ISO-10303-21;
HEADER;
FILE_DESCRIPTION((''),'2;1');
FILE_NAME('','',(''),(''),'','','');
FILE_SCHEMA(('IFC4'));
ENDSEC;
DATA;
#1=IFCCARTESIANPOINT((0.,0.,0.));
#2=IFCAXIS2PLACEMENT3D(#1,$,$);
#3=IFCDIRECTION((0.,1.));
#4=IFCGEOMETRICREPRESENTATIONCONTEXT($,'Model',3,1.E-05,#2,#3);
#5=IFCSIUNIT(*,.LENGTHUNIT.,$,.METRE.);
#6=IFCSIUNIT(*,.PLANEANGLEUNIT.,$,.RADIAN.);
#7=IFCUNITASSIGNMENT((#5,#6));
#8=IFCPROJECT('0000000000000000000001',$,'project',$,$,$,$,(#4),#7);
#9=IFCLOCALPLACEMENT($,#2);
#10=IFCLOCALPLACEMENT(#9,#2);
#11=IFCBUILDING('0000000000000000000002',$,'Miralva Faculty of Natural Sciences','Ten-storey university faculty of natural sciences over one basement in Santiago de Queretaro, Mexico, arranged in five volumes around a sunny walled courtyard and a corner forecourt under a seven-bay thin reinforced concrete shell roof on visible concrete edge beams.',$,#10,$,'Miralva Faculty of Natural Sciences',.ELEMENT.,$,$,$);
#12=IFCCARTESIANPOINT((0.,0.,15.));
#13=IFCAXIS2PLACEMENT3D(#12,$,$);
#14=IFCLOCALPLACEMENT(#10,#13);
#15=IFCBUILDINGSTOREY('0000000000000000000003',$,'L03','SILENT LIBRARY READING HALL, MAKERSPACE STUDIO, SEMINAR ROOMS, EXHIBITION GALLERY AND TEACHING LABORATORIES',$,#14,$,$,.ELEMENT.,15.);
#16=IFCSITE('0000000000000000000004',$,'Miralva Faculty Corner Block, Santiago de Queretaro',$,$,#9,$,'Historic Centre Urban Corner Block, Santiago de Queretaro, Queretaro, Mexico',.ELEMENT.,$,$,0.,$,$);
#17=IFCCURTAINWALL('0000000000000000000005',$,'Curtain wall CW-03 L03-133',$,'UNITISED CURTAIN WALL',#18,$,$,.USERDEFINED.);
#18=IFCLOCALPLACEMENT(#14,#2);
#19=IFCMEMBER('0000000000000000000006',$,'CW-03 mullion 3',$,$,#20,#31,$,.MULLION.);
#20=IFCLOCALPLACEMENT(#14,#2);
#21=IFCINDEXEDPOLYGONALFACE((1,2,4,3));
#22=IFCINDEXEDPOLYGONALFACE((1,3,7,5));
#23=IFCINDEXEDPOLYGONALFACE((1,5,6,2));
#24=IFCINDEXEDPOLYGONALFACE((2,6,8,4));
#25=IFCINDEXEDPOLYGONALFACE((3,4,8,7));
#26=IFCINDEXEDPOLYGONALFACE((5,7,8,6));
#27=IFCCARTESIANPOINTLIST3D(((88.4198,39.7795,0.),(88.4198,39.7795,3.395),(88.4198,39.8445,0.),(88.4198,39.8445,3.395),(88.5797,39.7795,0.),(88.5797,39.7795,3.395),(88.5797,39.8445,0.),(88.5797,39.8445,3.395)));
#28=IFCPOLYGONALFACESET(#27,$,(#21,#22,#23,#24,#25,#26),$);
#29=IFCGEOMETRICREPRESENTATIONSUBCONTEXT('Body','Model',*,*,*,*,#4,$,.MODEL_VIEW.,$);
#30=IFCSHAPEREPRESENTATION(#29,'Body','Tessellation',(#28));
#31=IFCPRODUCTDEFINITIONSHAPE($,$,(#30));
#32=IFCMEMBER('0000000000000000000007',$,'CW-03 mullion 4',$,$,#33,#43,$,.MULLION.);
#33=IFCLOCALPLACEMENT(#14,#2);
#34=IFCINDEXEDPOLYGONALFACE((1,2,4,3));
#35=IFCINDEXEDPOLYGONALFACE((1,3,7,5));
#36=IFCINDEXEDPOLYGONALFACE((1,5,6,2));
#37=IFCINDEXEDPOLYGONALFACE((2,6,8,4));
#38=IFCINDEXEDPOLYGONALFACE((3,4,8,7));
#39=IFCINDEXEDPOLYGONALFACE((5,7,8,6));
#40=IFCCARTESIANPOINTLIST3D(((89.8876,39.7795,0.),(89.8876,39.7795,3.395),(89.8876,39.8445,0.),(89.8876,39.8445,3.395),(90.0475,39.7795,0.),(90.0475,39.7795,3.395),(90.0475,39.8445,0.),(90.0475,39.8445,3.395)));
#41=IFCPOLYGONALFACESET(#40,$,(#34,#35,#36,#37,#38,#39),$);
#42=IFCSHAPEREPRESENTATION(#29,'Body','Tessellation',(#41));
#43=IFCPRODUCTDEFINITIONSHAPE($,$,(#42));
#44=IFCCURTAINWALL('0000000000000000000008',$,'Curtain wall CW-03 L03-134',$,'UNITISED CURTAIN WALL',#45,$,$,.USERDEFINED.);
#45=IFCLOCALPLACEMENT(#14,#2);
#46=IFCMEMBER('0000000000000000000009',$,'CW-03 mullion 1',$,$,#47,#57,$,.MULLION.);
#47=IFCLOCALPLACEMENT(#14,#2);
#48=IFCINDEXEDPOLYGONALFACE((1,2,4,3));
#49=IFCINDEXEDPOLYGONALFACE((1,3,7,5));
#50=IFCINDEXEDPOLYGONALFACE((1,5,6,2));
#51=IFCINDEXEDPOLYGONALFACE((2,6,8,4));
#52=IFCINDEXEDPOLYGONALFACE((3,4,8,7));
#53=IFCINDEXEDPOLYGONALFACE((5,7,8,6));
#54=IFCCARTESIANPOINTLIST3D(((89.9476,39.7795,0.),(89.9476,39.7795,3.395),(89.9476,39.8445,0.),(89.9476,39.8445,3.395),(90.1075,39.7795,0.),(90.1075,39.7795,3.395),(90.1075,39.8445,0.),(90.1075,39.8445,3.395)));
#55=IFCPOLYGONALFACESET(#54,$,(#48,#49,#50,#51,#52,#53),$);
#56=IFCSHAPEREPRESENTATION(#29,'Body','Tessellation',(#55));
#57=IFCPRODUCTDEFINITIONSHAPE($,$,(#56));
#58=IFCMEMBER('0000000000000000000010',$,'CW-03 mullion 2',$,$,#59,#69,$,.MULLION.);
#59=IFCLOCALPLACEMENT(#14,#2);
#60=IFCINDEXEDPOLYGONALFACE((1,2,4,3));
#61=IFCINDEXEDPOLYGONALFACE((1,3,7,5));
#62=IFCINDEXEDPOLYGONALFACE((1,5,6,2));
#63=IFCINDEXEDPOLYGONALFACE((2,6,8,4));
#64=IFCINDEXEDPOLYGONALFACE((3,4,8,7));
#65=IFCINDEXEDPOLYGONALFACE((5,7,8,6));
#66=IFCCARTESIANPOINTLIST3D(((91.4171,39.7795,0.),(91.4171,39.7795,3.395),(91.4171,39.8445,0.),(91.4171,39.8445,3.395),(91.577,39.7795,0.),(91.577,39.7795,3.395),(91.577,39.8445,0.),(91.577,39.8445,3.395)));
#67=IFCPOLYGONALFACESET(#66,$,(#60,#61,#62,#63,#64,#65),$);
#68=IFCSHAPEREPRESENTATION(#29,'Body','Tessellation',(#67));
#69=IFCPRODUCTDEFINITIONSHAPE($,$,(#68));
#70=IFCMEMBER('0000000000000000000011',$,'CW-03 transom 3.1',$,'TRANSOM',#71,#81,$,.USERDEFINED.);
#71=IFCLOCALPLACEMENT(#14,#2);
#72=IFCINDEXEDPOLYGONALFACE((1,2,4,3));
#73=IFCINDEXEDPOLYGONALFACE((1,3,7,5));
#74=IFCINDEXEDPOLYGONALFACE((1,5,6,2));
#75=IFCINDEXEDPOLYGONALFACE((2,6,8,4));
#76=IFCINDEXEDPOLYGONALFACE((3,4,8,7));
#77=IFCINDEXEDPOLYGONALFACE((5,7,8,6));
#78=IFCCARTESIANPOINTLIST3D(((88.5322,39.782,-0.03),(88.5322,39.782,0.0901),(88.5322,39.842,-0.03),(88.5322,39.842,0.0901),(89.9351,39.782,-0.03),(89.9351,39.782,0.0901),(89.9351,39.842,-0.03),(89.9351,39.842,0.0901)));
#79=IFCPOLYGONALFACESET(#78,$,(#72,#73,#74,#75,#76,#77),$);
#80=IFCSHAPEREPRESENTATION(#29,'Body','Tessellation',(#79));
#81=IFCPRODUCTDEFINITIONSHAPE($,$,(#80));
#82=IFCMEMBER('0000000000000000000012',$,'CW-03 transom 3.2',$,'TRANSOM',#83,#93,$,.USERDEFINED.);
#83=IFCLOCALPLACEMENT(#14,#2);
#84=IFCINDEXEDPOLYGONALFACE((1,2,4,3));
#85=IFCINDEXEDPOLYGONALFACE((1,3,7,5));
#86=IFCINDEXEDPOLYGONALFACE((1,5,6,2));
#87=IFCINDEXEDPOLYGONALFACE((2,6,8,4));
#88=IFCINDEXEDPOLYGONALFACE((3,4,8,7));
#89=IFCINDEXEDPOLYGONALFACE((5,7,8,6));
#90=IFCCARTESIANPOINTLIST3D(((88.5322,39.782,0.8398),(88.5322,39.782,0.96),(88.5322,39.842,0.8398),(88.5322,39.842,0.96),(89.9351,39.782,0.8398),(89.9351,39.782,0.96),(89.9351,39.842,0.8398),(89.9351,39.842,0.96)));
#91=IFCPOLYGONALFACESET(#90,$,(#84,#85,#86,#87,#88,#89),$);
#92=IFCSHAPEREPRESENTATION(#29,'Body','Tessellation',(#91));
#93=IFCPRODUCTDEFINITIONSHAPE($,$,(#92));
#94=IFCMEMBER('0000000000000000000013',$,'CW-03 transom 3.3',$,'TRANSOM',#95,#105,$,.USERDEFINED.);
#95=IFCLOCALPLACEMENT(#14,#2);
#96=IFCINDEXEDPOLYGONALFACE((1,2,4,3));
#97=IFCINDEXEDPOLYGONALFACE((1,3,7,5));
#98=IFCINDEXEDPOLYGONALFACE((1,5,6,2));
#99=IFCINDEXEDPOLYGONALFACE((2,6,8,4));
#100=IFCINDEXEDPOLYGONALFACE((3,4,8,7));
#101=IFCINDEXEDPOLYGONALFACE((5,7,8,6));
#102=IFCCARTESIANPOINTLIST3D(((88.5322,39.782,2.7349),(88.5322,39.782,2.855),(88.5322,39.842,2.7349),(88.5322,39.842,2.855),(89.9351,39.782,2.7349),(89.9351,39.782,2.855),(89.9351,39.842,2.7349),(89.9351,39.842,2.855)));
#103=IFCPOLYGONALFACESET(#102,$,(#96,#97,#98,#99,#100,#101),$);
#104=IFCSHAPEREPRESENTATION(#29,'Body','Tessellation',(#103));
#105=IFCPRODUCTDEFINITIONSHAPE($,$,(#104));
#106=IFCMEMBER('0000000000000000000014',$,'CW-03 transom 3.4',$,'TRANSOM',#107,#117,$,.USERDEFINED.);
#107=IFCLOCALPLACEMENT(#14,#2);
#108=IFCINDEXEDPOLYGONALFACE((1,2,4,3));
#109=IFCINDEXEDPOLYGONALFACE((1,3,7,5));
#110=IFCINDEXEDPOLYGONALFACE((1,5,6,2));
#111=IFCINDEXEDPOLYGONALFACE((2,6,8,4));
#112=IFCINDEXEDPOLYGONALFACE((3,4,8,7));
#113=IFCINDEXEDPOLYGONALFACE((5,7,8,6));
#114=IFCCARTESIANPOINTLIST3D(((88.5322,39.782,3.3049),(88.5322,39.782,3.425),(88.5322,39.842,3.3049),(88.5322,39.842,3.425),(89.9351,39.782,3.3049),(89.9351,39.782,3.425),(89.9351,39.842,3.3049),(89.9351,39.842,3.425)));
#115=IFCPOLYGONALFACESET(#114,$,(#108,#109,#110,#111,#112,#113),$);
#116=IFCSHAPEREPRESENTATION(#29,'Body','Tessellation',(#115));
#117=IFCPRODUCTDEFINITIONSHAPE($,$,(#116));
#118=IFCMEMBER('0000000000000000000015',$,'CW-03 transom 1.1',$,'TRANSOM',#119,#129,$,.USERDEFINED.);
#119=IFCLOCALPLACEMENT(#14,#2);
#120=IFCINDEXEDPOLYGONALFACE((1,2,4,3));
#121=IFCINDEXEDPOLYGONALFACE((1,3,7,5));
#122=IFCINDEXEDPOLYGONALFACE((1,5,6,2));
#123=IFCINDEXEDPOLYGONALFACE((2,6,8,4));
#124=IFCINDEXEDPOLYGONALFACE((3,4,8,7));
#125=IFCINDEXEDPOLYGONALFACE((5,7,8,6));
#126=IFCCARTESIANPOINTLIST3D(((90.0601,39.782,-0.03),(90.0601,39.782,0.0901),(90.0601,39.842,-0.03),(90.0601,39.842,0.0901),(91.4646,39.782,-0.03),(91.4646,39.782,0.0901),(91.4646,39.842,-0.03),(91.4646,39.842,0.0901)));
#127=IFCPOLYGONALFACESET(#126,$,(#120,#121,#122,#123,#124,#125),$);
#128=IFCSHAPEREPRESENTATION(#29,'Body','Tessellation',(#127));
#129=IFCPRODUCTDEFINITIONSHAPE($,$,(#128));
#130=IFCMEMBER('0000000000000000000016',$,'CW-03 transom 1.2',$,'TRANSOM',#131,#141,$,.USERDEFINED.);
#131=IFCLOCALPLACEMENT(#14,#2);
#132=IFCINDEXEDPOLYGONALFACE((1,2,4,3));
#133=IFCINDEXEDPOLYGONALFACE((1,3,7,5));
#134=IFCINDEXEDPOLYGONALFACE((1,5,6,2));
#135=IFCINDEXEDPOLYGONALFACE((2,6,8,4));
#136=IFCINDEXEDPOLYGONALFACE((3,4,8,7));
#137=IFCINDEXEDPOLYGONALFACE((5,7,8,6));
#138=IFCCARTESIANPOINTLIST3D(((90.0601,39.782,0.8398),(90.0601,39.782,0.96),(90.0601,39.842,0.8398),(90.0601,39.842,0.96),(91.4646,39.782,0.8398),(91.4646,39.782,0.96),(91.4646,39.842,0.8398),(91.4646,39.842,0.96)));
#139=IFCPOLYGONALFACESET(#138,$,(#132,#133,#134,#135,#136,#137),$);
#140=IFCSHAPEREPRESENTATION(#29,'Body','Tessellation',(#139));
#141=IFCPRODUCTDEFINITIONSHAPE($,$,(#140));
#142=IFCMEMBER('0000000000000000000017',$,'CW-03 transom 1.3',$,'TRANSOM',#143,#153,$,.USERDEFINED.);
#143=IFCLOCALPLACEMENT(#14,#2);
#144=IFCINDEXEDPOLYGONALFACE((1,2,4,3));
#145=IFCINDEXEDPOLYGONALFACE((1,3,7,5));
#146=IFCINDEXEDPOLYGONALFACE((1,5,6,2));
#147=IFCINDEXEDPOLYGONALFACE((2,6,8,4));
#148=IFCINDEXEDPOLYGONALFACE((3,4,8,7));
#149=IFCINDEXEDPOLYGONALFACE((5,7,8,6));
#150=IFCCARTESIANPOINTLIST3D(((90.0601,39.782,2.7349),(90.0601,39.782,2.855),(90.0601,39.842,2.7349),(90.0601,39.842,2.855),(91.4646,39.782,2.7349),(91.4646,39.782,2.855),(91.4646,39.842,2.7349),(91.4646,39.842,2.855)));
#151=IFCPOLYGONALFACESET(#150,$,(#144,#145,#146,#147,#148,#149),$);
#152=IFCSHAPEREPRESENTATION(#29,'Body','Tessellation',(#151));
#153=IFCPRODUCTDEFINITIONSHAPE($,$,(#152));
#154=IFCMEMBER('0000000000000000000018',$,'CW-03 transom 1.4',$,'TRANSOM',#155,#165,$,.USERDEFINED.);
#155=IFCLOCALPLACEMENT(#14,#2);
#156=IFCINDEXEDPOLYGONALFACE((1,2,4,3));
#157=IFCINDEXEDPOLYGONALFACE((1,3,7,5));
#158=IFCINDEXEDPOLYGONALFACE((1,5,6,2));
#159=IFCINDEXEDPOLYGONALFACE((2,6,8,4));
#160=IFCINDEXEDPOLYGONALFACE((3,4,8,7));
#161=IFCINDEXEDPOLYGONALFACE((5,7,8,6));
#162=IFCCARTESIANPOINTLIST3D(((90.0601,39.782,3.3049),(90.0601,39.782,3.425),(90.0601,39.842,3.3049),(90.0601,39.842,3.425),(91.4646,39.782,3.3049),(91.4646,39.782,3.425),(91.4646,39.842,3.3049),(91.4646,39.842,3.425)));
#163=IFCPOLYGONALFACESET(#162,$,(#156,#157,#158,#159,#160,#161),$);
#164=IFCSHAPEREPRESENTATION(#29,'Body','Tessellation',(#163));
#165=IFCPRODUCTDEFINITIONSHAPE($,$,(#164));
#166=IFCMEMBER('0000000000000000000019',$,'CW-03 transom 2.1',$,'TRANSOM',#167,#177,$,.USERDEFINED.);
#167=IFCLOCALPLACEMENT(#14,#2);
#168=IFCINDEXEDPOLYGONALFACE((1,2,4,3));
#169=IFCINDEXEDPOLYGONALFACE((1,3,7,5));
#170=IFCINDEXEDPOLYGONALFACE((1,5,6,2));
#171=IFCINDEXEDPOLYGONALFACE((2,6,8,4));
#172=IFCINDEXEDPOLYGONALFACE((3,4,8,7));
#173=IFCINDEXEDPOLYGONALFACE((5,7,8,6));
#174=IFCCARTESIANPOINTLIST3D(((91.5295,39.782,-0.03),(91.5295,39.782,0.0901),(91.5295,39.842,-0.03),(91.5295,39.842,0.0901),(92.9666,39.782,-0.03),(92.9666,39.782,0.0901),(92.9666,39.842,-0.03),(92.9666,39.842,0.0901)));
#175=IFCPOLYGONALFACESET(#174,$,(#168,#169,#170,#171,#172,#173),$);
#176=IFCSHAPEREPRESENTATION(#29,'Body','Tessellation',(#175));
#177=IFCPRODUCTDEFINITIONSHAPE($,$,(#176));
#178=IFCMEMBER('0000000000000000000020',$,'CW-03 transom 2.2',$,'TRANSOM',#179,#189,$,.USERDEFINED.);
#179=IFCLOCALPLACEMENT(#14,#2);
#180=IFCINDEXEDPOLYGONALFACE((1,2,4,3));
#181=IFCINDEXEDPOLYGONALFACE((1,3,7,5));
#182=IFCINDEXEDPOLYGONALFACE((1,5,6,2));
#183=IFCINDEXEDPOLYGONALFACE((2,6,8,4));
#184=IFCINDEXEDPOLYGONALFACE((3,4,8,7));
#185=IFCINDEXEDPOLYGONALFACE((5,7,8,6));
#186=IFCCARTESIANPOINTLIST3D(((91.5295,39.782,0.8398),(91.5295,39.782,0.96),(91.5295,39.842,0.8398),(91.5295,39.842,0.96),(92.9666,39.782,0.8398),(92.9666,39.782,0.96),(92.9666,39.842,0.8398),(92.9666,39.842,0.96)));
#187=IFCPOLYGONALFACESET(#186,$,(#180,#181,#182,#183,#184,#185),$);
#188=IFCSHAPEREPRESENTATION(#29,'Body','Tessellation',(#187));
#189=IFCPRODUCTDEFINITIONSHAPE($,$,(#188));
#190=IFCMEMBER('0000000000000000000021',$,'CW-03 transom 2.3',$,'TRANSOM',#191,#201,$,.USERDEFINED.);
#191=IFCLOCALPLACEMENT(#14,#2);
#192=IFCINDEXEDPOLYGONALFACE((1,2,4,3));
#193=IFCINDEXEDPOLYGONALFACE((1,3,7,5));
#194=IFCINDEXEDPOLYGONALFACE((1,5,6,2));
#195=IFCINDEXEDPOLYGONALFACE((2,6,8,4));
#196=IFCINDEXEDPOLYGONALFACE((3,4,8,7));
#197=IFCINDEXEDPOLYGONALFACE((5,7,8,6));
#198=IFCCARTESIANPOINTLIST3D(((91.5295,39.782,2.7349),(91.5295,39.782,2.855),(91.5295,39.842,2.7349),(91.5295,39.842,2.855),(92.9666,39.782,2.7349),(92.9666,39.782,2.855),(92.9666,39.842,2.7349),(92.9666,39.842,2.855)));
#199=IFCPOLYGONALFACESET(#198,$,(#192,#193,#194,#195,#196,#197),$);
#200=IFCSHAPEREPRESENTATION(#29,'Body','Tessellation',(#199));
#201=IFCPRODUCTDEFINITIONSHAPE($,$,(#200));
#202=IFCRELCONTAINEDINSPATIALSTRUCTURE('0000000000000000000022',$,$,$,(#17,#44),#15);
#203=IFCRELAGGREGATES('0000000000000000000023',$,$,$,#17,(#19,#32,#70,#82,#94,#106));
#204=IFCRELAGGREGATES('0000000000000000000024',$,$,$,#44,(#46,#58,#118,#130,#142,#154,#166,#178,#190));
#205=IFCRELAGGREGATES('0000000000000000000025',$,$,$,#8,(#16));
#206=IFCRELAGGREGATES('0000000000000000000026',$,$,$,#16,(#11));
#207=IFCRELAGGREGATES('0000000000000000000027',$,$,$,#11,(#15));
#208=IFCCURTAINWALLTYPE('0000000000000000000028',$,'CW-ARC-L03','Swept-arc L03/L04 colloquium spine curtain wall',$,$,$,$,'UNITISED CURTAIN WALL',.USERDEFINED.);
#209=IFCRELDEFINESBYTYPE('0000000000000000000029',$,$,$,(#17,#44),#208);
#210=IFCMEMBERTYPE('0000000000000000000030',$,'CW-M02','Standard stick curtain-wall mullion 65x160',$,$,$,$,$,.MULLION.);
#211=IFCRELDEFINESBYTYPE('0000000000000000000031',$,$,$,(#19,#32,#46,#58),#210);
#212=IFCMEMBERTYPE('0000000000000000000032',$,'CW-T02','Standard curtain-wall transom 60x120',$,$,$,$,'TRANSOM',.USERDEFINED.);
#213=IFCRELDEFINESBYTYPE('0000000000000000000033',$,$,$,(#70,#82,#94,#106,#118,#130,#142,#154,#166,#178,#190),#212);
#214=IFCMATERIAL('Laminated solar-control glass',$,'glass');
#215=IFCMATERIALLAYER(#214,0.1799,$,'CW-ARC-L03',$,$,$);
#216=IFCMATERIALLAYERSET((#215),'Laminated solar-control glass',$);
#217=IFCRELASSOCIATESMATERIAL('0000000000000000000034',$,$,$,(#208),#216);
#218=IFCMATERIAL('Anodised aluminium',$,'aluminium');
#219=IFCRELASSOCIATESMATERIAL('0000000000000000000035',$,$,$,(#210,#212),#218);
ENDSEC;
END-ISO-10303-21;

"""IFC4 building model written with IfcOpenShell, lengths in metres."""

from ifc_helpers import new_model, si_unit, direction, frame, origin, origin_2d, place, context, subcontext, project, spatial, rectangle, extrude, material, layer, layer_set, material_profile, profile_set, type_object, element, aggregate, save


model = new_model("IFC4")

# Units and contexts
model_context = context("Model", 3, precision=1e-05, world=origin(), true_north=direction((0.0, 1.0)))
body_context = subcontext(model_context, "Body", "Model", "MODEL_VIEW")
ifc_project = project(units=[si_unit("LENGTHUNIT", "METRE"), si_unit("PLANEANGLEUNIT", "RADIAN")], contexts=[model_context])

# Site, building, storey
site_placement = place(None, origin())
site = spatial("IfcSite", under=ifc_project, at=site_placement, Name="Miralva Faculty Corner Block, Santiago de Queretaro", LongName="Historic Centre Urban Corner Block, Santiago de Queretaro, Queretaro, Mexico", CompositionType="ELEMENT", RefElevation=0.0)
building_placement = place(site_placement, origin())
building = spatial("IfcBuilding", under=site, at=building_placement, Name="Miralva Faculty of Natural Sciences", Description="Ten-storey university faculty of natural sciences over one basement in Santiago de Queretaro, Mexico, arranged in five volumes around a sunny walled courtyard and a corner forecourt under a seven-bay thin reinforced concrete shell roof on visible concrete edge beams.", LongName="Miralva Faculty of Natural Sciences", CompositionType="ELEMENT")
storey_placement = place(building_placement, frame((0.0, 0.0, 15.0)))
storey = spatial("IfcBuildingStorey", under=building, at=storey_placement, Name="L03", Description="SILENT LIBRARY READING HALL, MAKERSPACE STUDIO, SEMINAR ROOMS, EXHIBITION GALLERY AND TEACHING LABORATORIES", CompositionType="ELEMENT", Elevation=15.0)

# Curtain walls, members
ifc_material_1 = material(Name="Laminated solar-control glass", Category="glass")
ifc_layer_1 = layer(ifc_material_1, 0.1799, Name="CW-ARC-L03")
ifc_layer_set_1 = layer_set([ifc_layer_1], Name="Laminated solar-control glass")
curtain_wall_type = type_object("IfcCurtainWallType", Name="CW-ARC-L03", Description="Swept-arc L03/L04 colloquium spine curtain wall", ElementType="UNITISED CURTAIN WALL", PredefinedType="USERDEFINED", material=ifc_layer_set_1)
curtain_wall_1_placement = place(storey_placement, origin())
curtain_wall_1 = element("IfcCurtainWall", 1, at=curtain_wall_1_placement, inside=storey, type_object=curtain_wall_type, Name="Curtain wall CW-03 L03-133", ObjectType="UNITISED CURTAIN WALL", PredefinedType="USERDEFINED")
ifc_material_2 = material(Name="Anodised aluminium", Category="aluminium")
ifc_material_profile_1 = material_profile(ifc_material_2, rectangle(XDim=0.0649, YDim=0.1599, at=origin_2d()), Name="MULLION 65x160")
ifc_profile_set_1 = profile_set([ifc_material_profile_1], Name="Anodised aluminium")
member_type_1 = type_object("IfcMemberType", Name="CW-M02", Description="Standard stick curtain-wall mullion 65x160", PredefinedType="MULLION", material=ifc_profile_set_1)
member_1_placement = place(storey_placement, frame((88.4998, 39.812, 0.0), z_axis=(0.0, 0.0, 1.0), x_axis=(0.0, 1.0, 0.0)))
member_1 = element("IfcMember", 2, at=member_1_placement, type_object=member_type_1, Name="CW-03 mullion 3", PredefinedType="MULLION", context=body_context, shape_type="SweptSolid", body=[
    extrude(rectangle(XDim=0.0649, YDim=0.1599, at=origin_2d()), origin(), (0.0, 0.0, 1.0), 3.395),
])
member_2_placement = place(storey_placement, frame((89.9675, 39.812, 0.0), z_axis=(0.0, 0.0, 1.0), x_axis=(0.0, 1.0, 0.0)))
member_2 = element("IfcMember", 3, at=member_2_placement, type_object=member_type_1, Name="CW-03 mullion 4", PredefinedType="MULLION", context=body_context, shape_type="SweptSolid", body=[
    extrude(rectangle(XDim=0.0649, YDim=0.1599, at=origin_2d()), origin(), (0.0, 0.0, 1.0), 3.395),
])
curtain_wall_2_placement = place(storey_placement, origin())
curtain_wall_2 = element("IfcCurtainWall", 4, at=curtain_wall_2_placement, inside=storey, type_object=curtain_wall_type, Name="Curtain wall CW-03 L03-134", ObjectType="UNITISED CURTAIN WALL", PredefinedType="USERDEFINED")
member_3_placement = place(storey_placement, frame((90.0276, 39.812, 0.0), z_axis=(0.0, 0.0, 1.0), x_axis=(0.0, 1.0, 0.0)))
member_3 = element("IfcMember", 5, at=member_3_placement, type_object=member_type_1, Name="CW-03 mullion 1", PredefinedType="MULLION", context=body_context, shape_type="SweptSolid", body=[
    extrude(rectangle(XDim=0.0649, YDim=0.1599, at=origin_2d()), origin(), (0.0, 0.0, 1.0), 3.395),
])
member_4_placement = place(storey_placement, frame((91.4971, 39.812, 0.0), z_axis=(0.0, 0.0, 1.0), x_axis=(0.0, 1.0, 0.0)))
member_4 = element("IfcMember", 6, at=member_4_placement, type_object=member_type_1, Name="CW-03 mullion 2", PredefinedType="MULLION", context=body_context, shape_type="SweptSolid", body=[
    extrude(rectangle(XDim=0.0649, YDim=0.1599, at=origin_2d()), origin(), (0.0, 0.0, 1.0), 3.395),
])

# Members
ifc_material_profile_2 = material_profile(ifc_material_2, rectangle(XDim=0.0601, YDim=0.1201, at=origin_2d()), Name="TRANSOM 60x120")
ifc_profile_set_2 = profile_set([ifc_material_profile_2], Name="Anodised aluminium")
member_type_2 = type_object("IfcMemberType", Name="CW-T02", Description="Standard curtain-wall transom 60x120", ElementType="TRANSOM", PredefinedType="USERDEFINED", material=ifc_profile_set_2)
member_5_placement = place(storey_placement, frame((88.5322, 39.812, 0.03), z_axis=(1.0, 0.0, 0.0), x_axis=(0.0, 1.0, 0.0)))
member_5 = element("IfcMember", 7, at=member_5_placement, type_object=member_type_2, Name="CW-03 transom 3.1", ObjectType="TRANSOM", PredefinedType="USERDEFINED", context=body_context, shape_type="SweptSolid", body=[
    extrude(rectangle(XDim=0.0601, YDim=0.1201, at=origin_2d()), origin(), (0.0, 0.0, 1.0), 1.4028),
])
member_6_placement = place(storey_placement, frame((88.5322, 39.812, 0.8999), z_axis=(1.0, 0.0, 0.0), x_axis=(0.0, 1.0, 0.0)))
member_6 = element("IfcMember", 8, at=member_6_placement, type_object=member_type_2, Name="CW-03 transom 3.2", ObjectType="TRANSOM", PredefinedType="USERDEFINED", context=body_context, shape_type="SweptSolid", body=[
    extrude(rectangle(XDim=0.0601, YDim=0.1201, at=origin_2d()), origin(), (0.0, 0.0, 1.0), 1.4028),
])
member_7_placement = place(storey_placement, frame((88.5322, 39.812, 2.7949), z_axis=(1.0, 0.0, 0.0), x_axis=(0.0, 1.0, 0.0)))
member_7 = element("IfcMember", 9, at=member_7_placement, type_object=member_type_2, Name="CW-03 transom 3.3", ObjectType="TRANSOM", PredefinedType="USERDEFINED", context=body_context, shape_type="SweptSolid", body=[
    extrude(rectangle(XDim=0.0601, YDim=0.1201, at=origin_2d()), origin(), (0.0, 0.0, 1.0), 1.4028),
])
member_8_placement = place(storey_placement, frame((88.5322, 39.812, 3.365), z_axis=(1.0, 0.0, 0.0), x_axis=(0.0, 1.0, 0.0)))
member_8 = element("IfcMember", 10, at=member_8_placement, type_object=member_type_2, Name="CW-03 transom 3.4", ObjectType="TRANSOM", PredefinedType="USERDEFINED", context=body_context, shape_type="SweptSolid", body=[
    extrude(rectangle(XDim=0.0601, YDim=0.1201, at=origin_2d()), origin(), (0.0, 0.0, 1.0), 1.4028),
])
member_9_placement = place(storey_placement, frame((90.0601, 39.812, 0.03), z_axis=(1.0, 0.0, 0.0), x_axis=(0.0, 1.0, 0.0)))
member_9 = element("IfcMember", 11, at=member_9_placement, type_object=member_type_2, Name="CW-03 transom 1.1", ObjectType="TRANSOM", PredefinedType="USERDEFINED", context=body_context, shape_type="SweptSolid", body=[
    extrude(rectangle(XDim=0.0601, YDim=0.1201, at=origin_2d()), origin(), (0.0, 0.0, 1.0), 1.4045),
])
member_10_placement = place(storey_placement, frame((90.0601, 39.812, 0.8999), z_axis=(1.0, 0.0, 0.0), x_axis=(0.0, 1.0, 0.0)))
member_10 = element("IfcMember", 12, at=member_10_placement, type_object=member_type_2, Name="CW-03 transom 1.2", ObjectType="TRANSOM", PredefinedType="USERDEFINED", context=body_context, shape_type="SweptSolid", body=[
    extrude(rectangle(XDim=0.0601, YDim=0.1201, at=origin_2d()), origin(), (0.0, 0.0, 1.0), 1.4045),
])
member_11_placement = place(storey_placement, frame((90.0601, 39.812, 2.7949), z_axis=(1.0, 0.0, 0.0), x_axis=(0.0, 1.0, 0.0)))
member_11 = element("IfcMember", 13, at=member_11_placement, type_object=member_type_2, Name="CW-03 transom 1.3", ObjectType="TRANSOM", PredefinedType="USERDEFINED", context=body_context, shape_type="SweptSolid", body=[
    extrude(rectangle(XDim=0.0601, YDim=0.1201, at=origin_2d()), origin(), (0.0, 0.0, 1.0), 1.4045),
])
member_12_placement = place(storey_placement, frame((90.0601, 39.812, 3.365), z_axis=(1.0, 0.0, 0.0), x_axis=(0.0, 1.0, 0.0)))
member_12 = element("IfcMember", 14, at=member_12_placement, type_object=member_type_2, Name="CW-03 transom 1.4", ObjectType="TRANSOM", PredefinedType="USERDEFINED", context=body_context, shape_type="SweptSolid", body=[
    extrude(rectangle(XDim=0.0601, YDim=0.1201, at=origin_2d()), origin(), (0.0, 0.0, 1.0), 1.4045),
])
member_13_placement = place(storey_placement, frame((91.5295, 39.812, 0.03), z_axis=(1.0, 0.0, 0.0), x_axis=(0.0, 1.0, 0.0)))
member_13 = element("IfcMember", 15, at=member_13_placement, type_object=member_type_2, Name="CW-03 transom 2.1", ObjectType="TRANSOM", PredefinedType="USERDEFINED", context=body_context, shape_type="SweptSolid", body=[
    extrude(rectangle(XDim=0.0601, YDim=0.1201, at=origin_2d()), origin(), (0.0, 0.0, 1.0), 1.437),
])
member_14_placement = place(storey_placement, frame((91.5295, 39.812, 0.8999), z_axis=(1.0, 0.0, 0.0), x_axis=(0.0, 1.0, 0.0)))
member_14 = element("IfcMember", 16, at=member_14_placement, type_object=member_type_2, Name="CW-03 transom 2.2", ObjectType="TRANSOM", PredefinedType="USERDEFINED", context=body_context, shape_type="SweptSolid", body=[
    extrude(rectangle(XDim=0.0601, YDim=0.1201, at=origin_2d()), origin(), (0.0, 0.0, 1.0), 1.437),
])
member_15_placement = place(storey_placement, frame((91.5295, 39.812, 2.7949), z_axis=(1.0, 0.0, 0.0), x_axis=(0.0, 1.0, 0.0)))
member_15 = element("IfcMember", 17, at=member_15_placement, type_object=member_type_2, Name="CW-03 transom 2.3", ObjectType="TRANSOM", PredefinedType="USERDEFINED", context=body_context, shape_type="SweptSolid", body=[
    extrude(rectangle(XDim=0.0601, YDim=0.1201, at=origin_2d()), origin(), (0.0, 0.0, 1.0), 1.437),
])

aggregate(curtain_wall_1, [member_1, member_2, member_5, member_6, member_7, member_8])
aggregate(curtain_wall_2, [member_3, member_4, member_9, member_10, member_11, member_12, member_13, member_14, member_15])

save(model, "model.ifc")
